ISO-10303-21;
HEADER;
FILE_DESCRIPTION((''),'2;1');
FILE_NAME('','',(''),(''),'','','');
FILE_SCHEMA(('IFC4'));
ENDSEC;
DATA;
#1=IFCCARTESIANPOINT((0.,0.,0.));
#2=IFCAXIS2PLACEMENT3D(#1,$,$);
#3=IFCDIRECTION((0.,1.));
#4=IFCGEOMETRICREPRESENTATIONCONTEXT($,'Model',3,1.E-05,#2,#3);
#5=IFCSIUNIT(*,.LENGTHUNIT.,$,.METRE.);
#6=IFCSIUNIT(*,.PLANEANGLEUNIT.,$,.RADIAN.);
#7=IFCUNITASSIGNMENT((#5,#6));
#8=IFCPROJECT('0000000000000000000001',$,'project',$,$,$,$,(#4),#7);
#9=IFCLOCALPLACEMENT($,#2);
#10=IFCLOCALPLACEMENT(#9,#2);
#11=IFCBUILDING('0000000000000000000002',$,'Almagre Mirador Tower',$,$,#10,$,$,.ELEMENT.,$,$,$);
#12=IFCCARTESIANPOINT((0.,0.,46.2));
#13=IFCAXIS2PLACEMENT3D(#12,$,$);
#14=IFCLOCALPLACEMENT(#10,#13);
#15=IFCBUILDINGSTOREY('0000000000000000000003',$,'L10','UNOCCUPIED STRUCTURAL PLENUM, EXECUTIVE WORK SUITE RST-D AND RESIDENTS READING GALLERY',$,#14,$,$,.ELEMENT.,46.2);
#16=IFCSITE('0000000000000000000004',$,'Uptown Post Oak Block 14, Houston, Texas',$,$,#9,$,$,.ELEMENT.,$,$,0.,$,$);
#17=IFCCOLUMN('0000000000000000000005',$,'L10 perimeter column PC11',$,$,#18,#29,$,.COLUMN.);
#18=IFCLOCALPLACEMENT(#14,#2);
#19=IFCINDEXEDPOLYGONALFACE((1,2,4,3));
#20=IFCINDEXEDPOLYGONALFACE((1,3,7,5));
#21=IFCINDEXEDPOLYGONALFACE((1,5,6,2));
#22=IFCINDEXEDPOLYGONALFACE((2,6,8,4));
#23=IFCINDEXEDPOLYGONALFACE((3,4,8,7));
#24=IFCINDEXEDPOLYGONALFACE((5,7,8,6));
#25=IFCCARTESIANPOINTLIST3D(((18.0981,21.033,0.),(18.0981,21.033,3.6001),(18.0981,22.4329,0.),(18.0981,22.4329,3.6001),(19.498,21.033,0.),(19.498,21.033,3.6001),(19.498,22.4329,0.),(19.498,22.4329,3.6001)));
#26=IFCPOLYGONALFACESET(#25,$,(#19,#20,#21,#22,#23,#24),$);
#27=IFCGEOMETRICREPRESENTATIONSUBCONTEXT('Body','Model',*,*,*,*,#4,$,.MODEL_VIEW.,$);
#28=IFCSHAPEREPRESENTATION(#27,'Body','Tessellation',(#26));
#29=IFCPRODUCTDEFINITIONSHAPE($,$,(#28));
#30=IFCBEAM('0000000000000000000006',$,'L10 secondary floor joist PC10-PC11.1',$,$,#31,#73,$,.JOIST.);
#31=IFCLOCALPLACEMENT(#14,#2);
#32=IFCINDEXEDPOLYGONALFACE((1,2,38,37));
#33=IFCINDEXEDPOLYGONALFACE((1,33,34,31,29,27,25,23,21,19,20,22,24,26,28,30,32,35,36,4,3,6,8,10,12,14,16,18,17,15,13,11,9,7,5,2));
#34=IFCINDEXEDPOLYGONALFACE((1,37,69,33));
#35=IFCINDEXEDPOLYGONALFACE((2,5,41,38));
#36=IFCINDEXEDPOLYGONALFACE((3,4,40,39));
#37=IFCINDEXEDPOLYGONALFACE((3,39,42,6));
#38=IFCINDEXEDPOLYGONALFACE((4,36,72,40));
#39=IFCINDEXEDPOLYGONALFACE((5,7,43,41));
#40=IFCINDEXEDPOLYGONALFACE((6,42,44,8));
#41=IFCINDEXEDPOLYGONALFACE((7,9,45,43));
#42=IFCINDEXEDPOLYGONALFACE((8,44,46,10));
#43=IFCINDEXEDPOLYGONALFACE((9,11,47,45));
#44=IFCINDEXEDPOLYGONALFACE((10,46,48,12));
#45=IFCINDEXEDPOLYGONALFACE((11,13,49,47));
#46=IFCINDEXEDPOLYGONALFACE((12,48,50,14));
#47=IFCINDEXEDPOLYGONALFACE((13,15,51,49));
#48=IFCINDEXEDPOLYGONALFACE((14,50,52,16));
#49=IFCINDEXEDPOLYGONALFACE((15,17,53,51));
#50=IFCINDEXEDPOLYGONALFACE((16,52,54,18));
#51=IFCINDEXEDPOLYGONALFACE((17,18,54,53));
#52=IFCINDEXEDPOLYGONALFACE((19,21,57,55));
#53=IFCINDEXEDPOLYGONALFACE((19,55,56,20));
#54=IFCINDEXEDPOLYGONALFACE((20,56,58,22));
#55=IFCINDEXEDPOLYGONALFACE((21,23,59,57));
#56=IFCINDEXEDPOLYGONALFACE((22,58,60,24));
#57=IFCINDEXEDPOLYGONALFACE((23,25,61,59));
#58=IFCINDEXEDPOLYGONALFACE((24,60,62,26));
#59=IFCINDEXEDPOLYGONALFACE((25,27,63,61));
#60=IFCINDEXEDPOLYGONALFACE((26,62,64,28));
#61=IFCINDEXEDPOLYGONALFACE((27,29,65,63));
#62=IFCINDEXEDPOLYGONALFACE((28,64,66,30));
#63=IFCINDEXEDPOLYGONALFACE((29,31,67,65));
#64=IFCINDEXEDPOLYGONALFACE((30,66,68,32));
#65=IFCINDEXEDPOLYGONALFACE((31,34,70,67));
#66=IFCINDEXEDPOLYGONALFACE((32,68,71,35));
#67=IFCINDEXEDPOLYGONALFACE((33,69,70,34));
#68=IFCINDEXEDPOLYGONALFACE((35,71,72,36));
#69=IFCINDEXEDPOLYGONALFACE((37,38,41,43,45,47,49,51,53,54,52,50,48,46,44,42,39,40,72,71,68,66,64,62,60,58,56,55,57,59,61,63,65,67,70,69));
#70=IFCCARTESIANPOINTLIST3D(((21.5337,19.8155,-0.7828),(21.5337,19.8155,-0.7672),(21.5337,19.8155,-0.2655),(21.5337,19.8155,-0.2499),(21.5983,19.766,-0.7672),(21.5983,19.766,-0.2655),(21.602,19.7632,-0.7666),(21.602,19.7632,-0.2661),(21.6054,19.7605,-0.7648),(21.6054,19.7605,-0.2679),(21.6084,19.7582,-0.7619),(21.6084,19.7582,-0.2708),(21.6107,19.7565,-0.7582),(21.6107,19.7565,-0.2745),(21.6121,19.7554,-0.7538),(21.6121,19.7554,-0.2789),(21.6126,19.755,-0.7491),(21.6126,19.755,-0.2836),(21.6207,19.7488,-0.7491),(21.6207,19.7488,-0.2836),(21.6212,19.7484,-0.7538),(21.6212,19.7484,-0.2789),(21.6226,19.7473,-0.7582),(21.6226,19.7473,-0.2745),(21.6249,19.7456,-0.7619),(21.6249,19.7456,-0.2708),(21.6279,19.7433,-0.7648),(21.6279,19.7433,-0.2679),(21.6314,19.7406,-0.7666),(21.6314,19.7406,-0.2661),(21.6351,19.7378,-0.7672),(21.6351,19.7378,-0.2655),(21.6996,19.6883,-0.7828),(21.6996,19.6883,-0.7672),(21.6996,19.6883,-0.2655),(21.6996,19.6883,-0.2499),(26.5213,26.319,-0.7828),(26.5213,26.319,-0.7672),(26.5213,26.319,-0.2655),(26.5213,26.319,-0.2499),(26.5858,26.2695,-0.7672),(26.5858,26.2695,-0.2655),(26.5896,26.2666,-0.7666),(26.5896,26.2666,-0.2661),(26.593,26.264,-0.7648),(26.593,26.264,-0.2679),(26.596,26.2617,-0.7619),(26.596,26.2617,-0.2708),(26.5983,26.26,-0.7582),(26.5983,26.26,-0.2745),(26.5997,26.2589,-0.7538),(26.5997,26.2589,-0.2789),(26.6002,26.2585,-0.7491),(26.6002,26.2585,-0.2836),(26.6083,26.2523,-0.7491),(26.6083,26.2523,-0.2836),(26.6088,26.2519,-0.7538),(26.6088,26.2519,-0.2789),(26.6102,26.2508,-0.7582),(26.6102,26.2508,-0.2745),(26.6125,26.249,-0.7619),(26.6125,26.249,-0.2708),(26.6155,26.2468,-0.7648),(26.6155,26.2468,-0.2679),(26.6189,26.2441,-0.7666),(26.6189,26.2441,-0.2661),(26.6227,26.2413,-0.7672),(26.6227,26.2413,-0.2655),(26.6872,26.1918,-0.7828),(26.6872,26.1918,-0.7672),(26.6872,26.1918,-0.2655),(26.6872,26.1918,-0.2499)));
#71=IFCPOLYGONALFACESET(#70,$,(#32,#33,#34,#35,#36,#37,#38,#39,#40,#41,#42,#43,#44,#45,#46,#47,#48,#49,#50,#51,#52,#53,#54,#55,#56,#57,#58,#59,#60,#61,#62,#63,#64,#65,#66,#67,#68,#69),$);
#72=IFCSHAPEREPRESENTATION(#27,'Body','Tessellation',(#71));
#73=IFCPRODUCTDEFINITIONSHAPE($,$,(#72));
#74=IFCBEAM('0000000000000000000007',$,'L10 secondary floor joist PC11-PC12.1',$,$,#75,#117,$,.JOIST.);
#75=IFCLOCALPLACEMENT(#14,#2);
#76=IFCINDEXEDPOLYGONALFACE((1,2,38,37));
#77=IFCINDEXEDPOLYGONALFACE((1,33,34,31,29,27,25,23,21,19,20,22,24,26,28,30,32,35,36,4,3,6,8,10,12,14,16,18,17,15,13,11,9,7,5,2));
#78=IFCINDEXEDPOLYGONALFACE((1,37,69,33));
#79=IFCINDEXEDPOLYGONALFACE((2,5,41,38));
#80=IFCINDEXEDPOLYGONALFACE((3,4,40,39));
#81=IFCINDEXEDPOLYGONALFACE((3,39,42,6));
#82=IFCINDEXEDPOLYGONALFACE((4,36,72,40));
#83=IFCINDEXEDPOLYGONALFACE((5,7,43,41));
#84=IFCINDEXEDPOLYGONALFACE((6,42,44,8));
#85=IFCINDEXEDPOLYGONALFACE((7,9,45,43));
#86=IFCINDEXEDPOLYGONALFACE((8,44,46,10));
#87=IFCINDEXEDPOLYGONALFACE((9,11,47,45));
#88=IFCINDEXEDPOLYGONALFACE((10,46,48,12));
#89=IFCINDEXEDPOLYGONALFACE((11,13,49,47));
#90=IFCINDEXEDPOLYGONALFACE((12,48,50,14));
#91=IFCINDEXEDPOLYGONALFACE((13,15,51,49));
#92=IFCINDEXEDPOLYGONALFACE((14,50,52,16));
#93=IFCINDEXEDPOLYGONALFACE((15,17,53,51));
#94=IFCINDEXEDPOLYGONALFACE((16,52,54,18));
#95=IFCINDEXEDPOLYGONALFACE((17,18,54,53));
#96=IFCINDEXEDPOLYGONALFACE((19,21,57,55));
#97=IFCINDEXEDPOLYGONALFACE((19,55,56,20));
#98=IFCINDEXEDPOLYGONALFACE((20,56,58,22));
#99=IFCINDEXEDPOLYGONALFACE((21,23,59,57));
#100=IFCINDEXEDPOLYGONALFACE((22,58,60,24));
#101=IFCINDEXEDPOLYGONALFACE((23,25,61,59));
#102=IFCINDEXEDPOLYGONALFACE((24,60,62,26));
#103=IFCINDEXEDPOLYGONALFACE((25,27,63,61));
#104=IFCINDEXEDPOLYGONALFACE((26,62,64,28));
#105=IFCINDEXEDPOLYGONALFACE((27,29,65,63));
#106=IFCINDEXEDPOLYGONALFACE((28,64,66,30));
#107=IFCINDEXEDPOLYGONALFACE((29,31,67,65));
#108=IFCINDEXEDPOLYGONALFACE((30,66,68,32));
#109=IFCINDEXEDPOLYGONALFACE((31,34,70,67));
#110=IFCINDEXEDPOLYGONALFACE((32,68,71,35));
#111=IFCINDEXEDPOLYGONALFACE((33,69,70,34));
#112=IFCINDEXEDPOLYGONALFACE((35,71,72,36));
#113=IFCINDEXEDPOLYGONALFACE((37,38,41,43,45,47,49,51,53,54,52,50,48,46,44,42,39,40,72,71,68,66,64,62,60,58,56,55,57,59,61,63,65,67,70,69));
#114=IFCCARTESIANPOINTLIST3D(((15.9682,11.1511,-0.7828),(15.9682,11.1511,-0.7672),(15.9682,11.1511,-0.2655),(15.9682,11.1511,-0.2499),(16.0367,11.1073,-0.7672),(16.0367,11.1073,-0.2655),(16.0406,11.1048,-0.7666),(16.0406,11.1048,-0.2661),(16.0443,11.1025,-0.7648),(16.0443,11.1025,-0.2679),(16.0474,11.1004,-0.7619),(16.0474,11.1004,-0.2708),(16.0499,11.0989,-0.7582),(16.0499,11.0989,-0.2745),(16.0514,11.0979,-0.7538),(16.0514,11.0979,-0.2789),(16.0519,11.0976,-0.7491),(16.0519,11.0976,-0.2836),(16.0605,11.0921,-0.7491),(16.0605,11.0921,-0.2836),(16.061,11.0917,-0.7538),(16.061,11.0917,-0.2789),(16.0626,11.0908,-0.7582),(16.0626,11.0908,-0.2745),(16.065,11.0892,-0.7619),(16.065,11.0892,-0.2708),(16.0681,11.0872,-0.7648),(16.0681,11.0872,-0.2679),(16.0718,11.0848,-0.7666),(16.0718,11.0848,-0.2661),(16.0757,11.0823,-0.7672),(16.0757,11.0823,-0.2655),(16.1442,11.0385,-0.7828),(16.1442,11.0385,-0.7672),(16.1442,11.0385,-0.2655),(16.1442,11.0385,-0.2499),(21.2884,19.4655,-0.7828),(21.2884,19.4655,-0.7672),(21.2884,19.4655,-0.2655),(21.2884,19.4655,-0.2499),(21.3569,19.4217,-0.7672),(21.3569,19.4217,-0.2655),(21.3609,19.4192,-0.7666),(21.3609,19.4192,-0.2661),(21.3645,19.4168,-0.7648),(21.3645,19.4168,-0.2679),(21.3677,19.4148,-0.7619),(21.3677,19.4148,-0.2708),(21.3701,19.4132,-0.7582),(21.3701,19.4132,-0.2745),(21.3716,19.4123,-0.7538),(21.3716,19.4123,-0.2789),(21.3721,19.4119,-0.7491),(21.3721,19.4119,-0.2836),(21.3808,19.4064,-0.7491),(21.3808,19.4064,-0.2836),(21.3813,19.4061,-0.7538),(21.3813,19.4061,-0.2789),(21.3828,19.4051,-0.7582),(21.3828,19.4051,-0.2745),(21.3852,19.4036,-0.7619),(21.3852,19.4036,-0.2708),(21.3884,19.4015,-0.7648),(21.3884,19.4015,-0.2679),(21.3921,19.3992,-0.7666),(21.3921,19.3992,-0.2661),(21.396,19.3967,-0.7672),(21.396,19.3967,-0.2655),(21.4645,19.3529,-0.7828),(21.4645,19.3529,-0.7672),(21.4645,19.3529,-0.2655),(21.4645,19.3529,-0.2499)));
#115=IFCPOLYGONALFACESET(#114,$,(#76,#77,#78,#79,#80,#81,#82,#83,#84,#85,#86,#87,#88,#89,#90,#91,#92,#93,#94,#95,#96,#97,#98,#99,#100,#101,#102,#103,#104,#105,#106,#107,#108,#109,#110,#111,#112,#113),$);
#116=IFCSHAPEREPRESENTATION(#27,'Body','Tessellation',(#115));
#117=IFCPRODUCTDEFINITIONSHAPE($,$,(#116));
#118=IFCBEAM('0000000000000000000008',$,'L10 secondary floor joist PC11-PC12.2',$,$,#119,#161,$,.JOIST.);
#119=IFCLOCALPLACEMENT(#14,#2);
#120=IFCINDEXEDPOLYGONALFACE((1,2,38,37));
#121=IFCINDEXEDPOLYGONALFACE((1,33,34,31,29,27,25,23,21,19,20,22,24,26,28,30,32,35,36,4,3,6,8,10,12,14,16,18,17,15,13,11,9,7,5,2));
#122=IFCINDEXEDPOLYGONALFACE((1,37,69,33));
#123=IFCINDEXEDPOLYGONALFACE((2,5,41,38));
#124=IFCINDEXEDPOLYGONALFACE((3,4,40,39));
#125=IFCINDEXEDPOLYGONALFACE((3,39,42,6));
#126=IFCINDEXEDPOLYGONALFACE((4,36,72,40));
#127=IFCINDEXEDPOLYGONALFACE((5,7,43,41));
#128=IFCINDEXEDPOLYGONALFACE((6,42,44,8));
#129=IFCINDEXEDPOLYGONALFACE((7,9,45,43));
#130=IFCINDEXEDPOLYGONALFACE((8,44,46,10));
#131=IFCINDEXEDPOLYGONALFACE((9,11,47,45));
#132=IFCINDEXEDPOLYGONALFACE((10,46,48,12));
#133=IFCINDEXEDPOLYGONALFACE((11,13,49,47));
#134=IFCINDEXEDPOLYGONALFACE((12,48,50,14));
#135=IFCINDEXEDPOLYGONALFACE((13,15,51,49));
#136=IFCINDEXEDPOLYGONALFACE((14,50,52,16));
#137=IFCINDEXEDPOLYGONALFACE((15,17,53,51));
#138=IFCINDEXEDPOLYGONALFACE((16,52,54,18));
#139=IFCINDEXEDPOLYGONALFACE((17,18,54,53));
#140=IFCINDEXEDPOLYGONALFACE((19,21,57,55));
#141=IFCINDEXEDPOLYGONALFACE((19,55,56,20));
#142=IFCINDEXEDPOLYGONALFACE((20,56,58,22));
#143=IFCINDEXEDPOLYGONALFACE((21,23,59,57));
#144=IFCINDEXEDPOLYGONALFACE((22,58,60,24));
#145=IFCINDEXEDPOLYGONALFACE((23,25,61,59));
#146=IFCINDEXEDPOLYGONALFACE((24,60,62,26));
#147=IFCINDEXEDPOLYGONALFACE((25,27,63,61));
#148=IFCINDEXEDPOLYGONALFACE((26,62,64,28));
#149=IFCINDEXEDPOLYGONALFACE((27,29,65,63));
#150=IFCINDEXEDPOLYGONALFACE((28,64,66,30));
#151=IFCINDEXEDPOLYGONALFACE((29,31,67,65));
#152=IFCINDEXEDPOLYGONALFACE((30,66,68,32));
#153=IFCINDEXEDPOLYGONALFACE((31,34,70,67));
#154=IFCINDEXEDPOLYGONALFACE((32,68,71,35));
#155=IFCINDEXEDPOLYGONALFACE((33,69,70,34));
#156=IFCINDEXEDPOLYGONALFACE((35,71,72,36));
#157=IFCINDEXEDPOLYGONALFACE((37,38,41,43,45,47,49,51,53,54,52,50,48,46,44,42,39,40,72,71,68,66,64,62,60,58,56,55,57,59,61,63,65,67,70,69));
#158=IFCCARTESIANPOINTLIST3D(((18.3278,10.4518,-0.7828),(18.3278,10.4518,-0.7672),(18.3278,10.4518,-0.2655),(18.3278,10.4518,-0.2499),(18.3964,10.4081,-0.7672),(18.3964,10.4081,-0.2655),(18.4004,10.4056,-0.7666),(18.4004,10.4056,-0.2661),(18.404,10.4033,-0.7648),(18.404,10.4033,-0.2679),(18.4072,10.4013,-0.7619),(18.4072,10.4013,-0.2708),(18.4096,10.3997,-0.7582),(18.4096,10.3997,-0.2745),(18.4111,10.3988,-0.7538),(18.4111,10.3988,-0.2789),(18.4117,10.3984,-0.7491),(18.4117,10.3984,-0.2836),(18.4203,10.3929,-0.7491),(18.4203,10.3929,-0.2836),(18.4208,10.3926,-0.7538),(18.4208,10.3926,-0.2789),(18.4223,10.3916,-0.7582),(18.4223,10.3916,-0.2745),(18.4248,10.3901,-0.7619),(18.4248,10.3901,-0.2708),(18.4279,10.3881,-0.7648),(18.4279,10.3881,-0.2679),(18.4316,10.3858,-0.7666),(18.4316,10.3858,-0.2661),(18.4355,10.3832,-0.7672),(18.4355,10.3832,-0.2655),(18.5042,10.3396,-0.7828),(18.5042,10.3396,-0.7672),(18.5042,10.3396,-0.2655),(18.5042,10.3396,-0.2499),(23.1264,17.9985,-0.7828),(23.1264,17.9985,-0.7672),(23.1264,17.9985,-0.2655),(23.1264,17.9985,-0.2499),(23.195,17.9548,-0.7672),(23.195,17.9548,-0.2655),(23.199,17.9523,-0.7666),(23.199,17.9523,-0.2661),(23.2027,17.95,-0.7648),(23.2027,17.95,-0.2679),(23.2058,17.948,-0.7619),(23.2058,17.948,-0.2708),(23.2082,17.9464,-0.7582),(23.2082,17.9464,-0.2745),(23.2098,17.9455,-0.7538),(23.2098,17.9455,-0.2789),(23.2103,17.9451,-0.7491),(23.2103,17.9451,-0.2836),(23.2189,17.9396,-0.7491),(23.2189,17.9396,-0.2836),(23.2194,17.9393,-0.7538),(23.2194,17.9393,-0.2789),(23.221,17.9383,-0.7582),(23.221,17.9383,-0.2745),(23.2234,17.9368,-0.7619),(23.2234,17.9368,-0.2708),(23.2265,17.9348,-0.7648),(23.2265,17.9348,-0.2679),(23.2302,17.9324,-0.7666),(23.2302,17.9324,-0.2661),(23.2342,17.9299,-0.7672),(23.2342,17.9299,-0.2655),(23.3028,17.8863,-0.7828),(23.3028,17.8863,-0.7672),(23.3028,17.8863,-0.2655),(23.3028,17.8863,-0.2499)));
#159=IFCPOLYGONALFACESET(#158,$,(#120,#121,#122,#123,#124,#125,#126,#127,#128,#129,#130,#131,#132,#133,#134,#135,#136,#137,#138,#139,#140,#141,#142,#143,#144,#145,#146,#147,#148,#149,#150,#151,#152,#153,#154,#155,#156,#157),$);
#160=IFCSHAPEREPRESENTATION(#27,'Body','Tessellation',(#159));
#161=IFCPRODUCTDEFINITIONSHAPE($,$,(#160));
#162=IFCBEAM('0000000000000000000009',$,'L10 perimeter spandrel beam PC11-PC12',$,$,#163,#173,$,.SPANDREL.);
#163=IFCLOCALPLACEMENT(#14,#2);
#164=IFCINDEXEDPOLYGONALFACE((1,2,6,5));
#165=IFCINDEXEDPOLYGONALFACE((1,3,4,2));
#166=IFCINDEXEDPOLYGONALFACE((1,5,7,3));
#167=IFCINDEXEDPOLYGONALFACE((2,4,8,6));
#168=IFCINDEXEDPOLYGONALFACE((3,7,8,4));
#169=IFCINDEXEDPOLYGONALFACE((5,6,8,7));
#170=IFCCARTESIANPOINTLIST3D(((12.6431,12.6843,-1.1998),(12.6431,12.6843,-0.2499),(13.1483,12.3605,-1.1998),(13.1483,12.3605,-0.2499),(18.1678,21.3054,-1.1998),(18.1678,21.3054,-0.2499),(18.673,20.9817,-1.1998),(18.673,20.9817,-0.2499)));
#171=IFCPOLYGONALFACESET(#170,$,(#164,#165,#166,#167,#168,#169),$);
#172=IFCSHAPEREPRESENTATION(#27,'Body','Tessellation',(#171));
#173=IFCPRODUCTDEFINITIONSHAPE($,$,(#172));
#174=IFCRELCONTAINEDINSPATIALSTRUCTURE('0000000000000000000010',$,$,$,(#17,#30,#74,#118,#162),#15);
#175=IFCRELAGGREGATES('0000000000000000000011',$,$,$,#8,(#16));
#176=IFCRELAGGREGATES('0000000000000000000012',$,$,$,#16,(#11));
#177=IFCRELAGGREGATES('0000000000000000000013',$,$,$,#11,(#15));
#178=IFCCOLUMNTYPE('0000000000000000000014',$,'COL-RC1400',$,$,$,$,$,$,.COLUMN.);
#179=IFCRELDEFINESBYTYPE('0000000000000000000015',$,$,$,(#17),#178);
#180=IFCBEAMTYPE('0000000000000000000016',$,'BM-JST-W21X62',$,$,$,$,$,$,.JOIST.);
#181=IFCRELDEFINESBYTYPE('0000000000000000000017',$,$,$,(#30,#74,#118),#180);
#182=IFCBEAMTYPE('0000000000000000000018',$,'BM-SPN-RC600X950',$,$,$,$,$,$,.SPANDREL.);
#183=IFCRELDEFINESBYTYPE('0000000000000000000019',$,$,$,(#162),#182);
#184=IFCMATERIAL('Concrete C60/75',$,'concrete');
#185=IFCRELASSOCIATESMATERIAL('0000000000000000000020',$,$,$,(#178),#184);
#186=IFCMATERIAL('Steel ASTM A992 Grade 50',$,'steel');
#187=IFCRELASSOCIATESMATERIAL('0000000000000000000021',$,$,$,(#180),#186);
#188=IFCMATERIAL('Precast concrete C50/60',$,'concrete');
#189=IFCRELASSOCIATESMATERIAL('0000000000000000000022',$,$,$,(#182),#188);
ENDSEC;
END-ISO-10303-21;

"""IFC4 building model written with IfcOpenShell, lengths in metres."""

from ifc_helpers import new_model, si_unit, direction, frame, origin, origin_2d, place, context, subcontext, project, spatial, rectangle, i_section, extrude, material, material_profile, profile_set, type_object, element, save


model = new_model("IFC4")

# Units and contexts
model_context = context("Model", 3, precision=1e-05, world=origin(), true_north=direction((0.0, 1.0)))
body_context = subcontext(model_context, "Body", "Model", "MODEL_VIEW")
ifc_project = project(units=[si_unit("LENGTHUNIT", "METRE"), si_unit("PLANEANGLEUNIT", "RADIAN")], contexts=[model_context])

# Site, building, storey
site_placement = place(None, origin())
site = spatial("IfcSite", under=ifc_project, at=site_placement, Name="Uptown Post Oak Block 14, Houston, Texas", CompositionType="ELEMENT", RefElevation=0.0)
building_placement = place(site_placement, origin())
building = spatial("IfcBuilding", under=site, at=building_placement, Name="Almagre Mirador Tower", CompositionType="ELEMENT")
storey_placement = place(building_placement, frame((0.0, 0.0, 46.2)))
storey = spatial("IfcBuildingStorey", under=building, at=storey_placement, Name="L10", Description="UNOCCUPIED STRUCTURAL PLENUM, EXECUTIVE WORK SUITE RST-D AND RESIDENTS READING GALLERY", CompositionType="ELEMENT", Elevation=46.2)

# Column
ifc_material_1 = material(Name="Concrete C60/75", Category="concrete")
ifc_material_profile_1 = material_profile(ifc_material_1, rectangle(XDim=1.3999, YDim=1.3999, at=origin_2d()), Name="RC1400X1400")
ifc_profile_set_1 = profile_set([ifc_material_profile_1], Name="Concrete C60/75")
column_type = type_object("IfcColumnType", Name="COL-RC1400", PredefinedType="COLUMN", material=ifc_profile_set_1)
column_placement = place(storey_placement, frame((18.7981, 21.7329, 0.0), z_axis=(0.0, 0.0, 1.0), x_axis=(1.0, 0.0, 0.0)))
element("IfcColumn", 1, at=column_placement, inside=storey, type_object=column_type, Name="L10 perimeter column PC11", PredefinedType="COLUMN", context=body_context, shape_type="SweptSolid", body=[
    extrude(rectangle(XDim=1.3999, YDim=1.3999, at=origin_2d()), origin(), (0.0, 0.0, 1.0), 3.6001),
])

# Beams
ifc_material_2 = material(Name="Steel ASTM A992 Grade 50", Category="steel")
ifc_material_profile_2 = material_profile(ifc_material_2, i_section(OverallWidth=0.209, OverallDepth=0.533, WebThickness=0.0103, FlangeThickness=0.0156, FilletRadius=0.0181, at=origin_2d()), Name="W21X62")
ifc_profile_set_2 = profile_set([ifc_material_profile_2], Name="Steel ASTM A992 Grade 50")
beam_type_1 = type_object("IfcBeamType", Name="BM-JST-W21X62", PredefinedType="JOIST", material=ifc_profile_set_2)
beam_1_placement = place(storey_placement, frame((26.6042, 26.2554, -0.5164), z_axis=(-0.608554, -0.793512, 0.0), x_axis=(0.793512, -0.608554, 0.0)))
element("IfcBeam", 2, at=beam_1_placement, inside=storey, type_object=beam_type_1, Name="L10 secondary floor joist PC10-PC11.1", PredefinedType="JOIST", context=body_context, shape_type="SweptSolid", body=[
    extrude(i_section(OverallWidth=0.209, OverallDepth=0.533, WebThickness=0.0103, FlangeThickness=0.0156, FilletRadius=0.0181, at=origin_2d()), origin(), (0.0, 0.0, 1.0), 8.1958),
])
beam_2_placement = place(storey_placement, frame((21.3765, 19.4092, -0.5164), z_axis=(-0.538986, -0.842315, 0.0), x_axis=(0.842315, -0.538986, 0.0)))
element("IfcBeam", 3, at=beam_2_placement, inside=storey, type_object=beam_type_1, Name="L10 secondary floor joist PC11-PC12.1", PredefinedType="JOIST", context=body_context, shape_type="SweptSolid", body=[
    extrude(i_section(OverallWidth=0.209, OverallDepth=0.533, WebThickness=0.0103, FlangeThickness=0.0156, FilletRadius=0.0181, at=origin_2d()), origin(), (0.0, 0.0, 1.0), 9.8708),
])
beam_3_placement = place(storey_placement, frame((23.2146, 17.9424, -0.5164), z_axis=(-0.536572, -0.843855, 0.0), x_axis=(0.843855, -0.536572, 0.0)))
element("IfcBeam", 4, at=beam_3_placement, inside=storey, type_object=beam_type_1, Name="L10 secondary floor joist PC11-PC12.2", PredefinedType="JOIST", context=body_context, shape_type="SweptSolid", body=[
    extrude(i_section(OverallWidth=0.209, OverallDepth=0.533, WebThickness=0.0103, FlangeThickness=0.0156, FilletRadius=0.0181, at=origin_2d()), origin(), (0.0, 0.0, 1.0), 8.9431),
])
ifc_material_3 = material(Name="Precast concrete C50/60", Category="concrete")
ifc_material_profile_3 = material_profile(ifc_material_3, rectangle(XDim=0.6001, YDim=0.95, at=origin_2d()), Name="RC600X950")
ifc_profile_set_3 = profile_set([ifc_material_profile_3], Name="Precast concrete C50/60")
beam_type_2 = type_object("IfcBeamType", Name="BM-SPN-RC600X950", PredefinedType="SPANDREL", material=ifc_profile_set_3)
beam_4_placement = place(storey_placement, frame((18.4204, 21.1436, -0.7249), z_axis=(-0.53955, -0.841954, 0.0), x_axis=(0.841954, -0.53955, 0.0)))
element("IfcBeam", 5, at=beam_4_placement, inside=storey, type_object=beam_type_2, Name="L10 perimeter spandrel beam PC11-PC12", PredefinedType="SPANDREL", context=body_context, shape_type="SweptSolid", body=[
    extrude(rectangle(XDim=0.6001, YDim=0.95, at=origin_2d()), origin(), (0.0, 0.0, 1.0), 10.2395),
])

save(model, "model.ifc")
